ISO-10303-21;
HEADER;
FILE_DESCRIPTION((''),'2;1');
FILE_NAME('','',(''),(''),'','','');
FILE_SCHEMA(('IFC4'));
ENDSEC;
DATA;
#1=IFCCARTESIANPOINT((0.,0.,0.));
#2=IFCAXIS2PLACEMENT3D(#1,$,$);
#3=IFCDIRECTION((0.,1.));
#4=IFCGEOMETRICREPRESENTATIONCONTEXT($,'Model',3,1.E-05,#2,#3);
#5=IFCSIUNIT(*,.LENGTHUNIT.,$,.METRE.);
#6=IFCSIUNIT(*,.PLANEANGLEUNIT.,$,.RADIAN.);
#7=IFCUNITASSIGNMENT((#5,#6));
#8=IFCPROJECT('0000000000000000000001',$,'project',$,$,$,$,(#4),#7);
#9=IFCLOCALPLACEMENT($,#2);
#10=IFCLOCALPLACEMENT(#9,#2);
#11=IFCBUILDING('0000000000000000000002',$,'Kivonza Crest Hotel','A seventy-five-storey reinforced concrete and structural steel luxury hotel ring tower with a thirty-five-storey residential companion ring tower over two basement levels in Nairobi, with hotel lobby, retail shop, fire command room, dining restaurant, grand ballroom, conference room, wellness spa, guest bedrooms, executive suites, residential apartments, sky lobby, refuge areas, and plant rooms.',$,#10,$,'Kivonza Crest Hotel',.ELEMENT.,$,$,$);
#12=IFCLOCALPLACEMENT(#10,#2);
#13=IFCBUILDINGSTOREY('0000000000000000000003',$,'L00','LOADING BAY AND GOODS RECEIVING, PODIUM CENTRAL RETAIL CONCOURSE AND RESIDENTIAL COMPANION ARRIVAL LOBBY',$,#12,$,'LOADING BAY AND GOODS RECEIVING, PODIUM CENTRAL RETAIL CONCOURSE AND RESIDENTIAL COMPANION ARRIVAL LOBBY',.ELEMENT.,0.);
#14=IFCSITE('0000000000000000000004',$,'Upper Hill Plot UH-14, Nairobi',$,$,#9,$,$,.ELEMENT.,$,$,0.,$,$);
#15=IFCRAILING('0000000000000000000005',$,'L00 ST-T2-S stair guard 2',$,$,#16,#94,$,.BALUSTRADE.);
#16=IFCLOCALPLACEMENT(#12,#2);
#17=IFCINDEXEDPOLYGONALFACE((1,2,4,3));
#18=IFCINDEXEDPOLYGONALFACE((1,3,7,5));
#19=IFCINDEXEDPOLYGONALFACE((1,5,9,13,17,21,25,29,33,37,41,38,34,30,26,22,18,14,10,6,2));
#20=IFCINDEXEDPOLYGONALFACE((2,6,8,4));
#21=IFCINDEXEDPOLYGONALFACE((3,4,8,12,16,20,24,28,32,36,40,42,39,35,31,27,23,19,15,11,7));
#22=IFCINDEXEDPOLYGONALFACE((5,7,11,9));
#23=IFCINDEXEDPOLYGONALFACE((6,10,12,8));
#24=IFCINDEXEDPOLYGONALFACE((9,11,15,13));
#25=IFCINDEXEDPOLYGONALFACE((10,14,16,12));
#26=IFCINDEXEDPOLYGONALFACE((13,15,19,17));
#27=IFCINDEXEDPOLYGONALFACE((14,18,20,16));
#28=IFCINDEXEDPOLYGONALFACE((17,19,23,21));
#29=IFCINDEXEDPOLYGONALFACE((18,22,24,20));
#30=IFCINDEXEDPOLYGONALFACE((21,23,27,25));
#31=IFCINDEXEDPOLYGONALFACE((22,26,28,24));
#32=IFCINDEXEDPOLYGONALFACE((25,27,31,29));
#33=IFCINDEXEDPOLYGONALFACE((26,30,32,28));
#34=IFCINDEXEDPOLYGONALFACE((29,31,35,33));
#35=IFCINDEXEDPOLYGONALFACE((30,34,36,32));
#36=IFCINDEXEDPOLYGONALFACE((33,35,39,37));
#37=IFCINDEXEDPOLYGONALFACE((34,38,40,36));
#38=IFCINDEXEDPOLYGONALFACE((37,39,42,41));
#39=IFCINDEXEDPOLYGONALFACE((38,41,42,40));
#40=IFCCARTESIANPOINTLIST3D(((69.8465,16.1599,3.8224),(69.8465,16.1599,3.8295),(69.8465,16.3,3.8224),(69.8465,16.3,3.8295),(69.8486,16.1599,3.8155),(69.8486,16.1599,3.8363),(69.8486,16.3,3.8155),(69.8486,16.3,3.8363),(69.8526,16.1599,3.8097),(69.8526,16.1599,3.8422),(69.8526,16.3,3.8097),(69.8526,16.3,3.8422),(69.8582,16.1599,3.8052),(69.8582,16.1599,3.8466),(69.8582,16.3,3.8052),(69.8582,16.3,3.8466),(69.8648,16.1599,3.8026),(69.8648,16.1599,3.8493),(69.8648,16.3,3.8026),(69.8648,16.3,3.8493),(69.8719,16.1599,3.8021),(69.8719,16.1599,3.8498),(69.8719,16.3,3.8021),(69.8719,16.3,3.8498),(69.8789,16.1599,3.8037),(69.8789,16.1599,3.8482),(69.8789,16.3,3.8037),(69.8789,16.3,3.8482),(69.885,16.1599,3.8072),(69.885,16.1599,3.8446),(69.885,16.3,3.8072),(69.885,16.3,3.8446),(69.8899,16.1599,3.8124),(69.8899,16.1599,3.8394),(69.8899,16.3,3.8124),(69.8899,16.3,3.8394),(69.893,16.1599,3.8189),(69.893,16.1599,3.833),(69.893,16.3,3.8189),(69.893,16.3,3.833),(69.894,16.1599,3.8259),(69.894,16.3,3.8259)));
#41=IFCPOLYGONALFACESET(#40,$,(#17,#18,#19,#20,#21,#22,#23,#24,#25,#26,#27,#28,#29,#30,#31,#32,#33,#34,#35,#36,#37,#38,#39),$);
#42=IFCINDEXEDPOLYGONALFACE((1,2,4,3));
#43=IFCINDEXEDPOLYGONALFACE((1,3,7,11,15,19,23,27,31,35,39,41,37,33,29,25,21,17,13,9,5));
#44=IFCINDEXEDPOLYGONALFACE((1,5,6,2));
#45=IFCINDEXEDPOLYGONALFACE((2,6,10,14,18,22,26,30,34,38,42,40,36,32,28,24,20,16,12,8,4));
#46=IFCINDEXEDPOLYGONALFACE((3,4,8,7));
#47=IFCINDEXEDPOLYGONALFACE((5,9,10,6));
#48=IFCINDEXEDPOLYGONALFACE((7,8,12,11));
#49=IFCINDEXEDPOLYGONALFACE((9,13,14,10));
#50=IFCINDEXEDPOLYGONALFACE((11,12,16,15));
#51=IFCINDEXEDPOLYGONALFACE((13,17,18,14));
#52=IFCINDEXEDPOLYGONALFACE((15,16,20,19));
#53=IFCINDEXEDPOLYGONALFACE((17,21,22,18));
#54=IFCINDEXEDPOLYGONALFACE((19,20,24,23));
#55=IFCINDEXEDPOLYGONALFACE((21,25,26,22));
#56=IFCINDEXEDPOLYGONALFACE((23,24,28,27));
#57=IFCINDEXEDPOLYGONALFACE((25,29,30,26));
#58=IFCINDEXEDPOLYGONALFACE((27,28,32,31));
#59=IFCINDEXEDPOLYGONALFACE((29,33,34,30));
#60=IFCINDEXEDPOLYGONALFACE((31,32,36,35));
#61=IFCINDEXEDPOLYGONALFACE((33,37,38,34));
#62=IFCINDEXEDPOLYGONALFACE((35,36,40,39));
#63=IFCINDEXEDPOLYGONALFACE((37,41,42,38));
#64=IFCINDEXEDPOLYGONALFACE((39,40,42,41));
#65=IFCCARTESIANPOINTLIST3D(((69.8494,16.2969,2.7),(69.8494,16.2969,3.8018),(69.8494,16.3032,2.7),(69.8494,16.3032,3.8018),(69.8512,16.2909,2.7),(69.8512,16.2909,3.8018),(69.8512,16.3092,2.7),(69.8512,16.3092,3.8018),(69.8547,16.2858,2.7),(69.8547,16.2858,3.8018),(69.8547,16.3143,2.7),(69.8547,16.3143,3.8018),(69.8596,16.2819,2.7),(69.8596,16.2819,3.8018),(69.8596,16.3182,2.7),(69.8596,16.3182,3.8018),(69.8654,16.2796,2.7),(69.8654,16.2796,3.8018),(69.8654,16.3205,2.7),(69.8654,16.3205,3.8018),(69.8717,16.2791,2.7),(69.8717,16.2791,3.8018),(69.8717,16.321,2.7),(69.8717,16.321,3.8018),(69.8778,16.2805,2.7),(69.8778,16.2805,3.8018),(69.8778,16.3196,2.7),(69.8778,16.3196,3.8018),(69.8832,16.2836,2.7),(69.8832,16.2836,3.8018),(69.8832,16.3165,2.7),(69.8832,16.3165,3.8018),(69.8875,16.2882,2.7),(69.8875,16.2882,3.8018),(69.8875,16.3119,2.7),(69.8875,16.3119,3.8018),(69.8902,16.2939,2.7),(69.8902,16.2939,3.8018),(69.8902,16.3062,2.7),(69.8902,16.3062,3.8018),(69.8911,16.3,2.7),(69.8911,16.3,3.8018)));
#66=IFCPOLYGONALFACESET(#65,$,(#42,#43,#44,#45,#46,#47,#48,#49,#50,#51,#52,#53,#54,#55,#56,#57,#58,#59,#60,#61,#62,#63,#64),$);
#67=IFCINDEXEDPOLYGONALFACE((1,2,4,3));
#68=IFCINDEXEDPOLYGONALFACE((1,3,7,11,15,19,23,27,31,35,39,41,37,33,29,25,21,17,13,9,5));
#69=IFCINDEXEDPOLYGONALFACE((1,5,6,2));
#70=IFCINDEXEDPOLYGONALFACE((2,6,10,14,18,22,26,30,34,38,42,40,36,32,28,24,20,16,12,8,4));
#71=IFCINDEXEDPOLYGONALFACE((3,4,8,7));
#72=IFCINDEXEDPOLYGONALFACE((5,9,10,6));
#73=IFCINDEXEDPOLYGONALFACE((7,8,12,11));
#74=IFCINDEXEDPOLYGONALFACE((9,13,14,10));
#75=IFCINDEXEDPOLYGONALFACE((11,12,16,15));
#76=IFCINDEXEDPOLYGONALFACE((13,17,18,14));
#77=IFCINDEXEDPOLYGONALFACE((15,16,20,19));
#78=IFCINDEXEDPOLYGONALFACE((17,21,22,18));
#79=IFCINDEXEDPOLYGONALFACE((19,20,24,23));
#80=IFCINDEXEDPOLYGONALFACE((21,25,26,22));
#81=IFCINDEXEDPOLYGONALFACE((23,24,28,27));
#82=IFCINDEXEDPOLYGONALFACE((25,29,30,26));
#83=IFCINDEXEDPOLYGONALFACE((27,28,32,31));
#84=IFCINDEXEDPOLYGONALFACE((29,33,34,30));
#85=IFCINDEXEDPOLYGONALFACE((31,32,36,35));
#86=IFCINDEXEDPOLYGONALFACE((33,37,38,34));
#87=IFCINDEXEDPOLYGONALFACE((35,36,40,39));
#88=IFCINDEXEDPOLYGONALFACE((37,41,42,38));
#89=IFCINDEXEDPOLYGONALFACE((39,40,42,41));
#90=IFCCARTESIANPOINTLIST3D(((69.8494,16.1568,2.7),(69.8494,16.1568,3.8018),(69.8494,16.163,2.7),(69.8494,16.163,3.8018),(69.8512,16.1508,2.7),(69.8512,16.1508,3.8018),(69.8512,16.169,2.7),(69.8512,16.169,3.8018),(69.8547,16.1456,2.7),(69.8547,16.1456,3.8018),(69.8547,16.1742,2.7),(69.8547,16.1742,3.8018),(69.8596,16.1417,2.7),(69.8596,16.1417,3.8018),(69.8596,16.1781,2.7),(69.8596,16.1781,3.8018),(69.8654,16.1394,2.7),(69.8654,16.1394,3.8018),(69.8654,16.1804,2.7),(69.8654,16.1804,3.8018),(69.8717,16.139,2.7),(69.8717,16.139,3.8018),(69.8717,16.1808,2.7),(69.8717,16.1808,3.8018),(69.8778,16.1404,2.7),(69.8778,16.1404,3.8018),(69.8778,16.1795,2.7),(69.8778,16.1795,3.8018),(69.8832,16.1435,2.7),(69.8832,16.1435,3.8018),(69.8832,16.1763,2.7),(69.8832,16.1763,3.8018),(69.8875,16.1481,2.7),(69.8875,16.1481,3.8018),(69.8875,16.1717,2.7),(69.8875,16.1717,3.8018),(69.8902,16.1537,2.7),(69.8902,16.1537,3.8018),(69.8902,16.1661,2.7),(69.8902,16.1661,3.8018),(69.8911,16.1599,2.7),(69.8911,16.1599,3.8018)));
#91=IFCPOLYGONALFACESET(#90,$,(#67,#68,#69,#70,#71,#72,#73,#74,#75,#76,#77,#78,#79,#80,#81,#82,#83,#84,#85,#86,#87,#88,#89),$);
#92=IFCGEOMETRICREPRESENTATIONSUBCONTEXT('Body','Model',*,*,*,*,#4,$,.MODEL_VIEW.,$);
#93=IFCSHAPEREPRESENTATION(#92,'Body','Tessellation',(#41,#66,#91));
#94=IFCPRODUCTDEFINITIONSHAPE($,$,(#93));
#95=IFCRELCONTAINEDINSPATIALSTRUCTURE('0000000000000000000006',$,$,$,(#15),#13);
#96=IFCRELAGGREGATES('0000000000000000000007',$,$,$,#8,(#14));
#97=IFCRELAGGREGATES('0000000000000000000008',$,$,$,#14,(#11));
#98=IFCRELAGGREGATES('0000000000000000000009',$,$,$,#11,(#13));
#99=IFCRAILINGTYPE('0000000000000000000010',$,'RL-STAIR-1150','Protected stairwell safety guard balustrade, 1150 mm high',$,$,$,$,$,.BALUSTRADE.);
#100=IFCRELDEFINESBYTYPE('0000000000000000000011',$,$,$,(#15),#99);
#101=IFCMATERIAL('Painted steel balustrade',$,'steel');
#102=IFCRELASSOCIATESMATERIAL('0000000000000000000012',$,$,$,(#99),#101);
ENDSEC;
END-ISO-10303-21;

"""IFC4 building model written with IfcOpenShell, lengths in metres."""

from ifc_helpers import new_model, si_unit, direction, frame, origin, origin_2d, place, context, subcontext, project, spatial, circle, extrude, material, type_object, element, save


model = new_model("IFC4")

# Units and contexts
model_context = context("Model", 3, precision=1e-05, world=origin(), true_north=direction((0.0, 1.0)))
body_context = subcontext(model_context, "Body", "Model", "MODEL_VIEW")
ifc_project = project(units=[si_unit("LENGTHUNIT", "METRE"), si_unit("PLANEANGLEUNIT", "RADIAN")], contexts=[model_context])

# Site, building, storey
site_placement = place(None, origin())
site = spatial("IfcSite", under=ifc_project, at=site_placement, Name="Upper Hill Plot UH-14, Nairobi", CompositionType="ELEMENT", RefElevation=0.0)
building_placement = place(site_placement, origin())
building = spatial("IfcBuilding", under=site, at=building_placement, Name="Kivonza Crest Hotel", Description="A seventy-five-storey reinforced concrete and structural steel luxury hotel ring tower with a thirty-five-storey residential companion ring tower over two basement levels in Nairobi, with hotel lobby, retail shop, fire command room, dining restaurant, grand ballroom, conference room, wellness spa, guest bedrooms, executive suites, residential apartments, sky lobby, refuge areas, and plant rooms.", LongName="Kivonza Crest Hotel", CompositionType="ELEMENT")
storey_placement = place(building_placement, origin())
storey = spatial("IfcBuildingStorey", under=building, at=storey_placement, Name="L00", Description="LOADING BAY AND GOODS RECEIVING, PODIUM CENTRAL RETAIL CONCOURSE AND RESIDENTIAL COMPANION ARRIVAL LOBBY", LongName="LOADING BAY AND GOODS RECEIVING, PODIUM CENTRAL RETAIL CONCOURSE AND RESIDENTIAL COMPANION ARRIVAL LOBBY", CompositionType="ELEMENT", Elevation=0.0)

# Railing
ifc_material_1 = material(Name="Painted steel balustrade", Category="steel")
railing_type_1 = type_object("IfcRailingType", Name="RL-STAIR-1150", Description="Protected stairwell safety guard balustrade, 1150 mm high", PredefinedType="BALUSTRADE", material=ifc_material_1)
railing_1_placement = place(storey_placement, frame((69.8701, 16.3, 2.7)))
element("IfcRailing", 1, at=railing_1_placement, inside=storey, type_object=railing_type_1, Name="L00 ST-T2-S stair guard 2", PredefinedType="BALUSTRADE", context=body_context, shape_type="SweptSolid", body=[
    extrude(circle(Radius=0.0239, at=origin_2d()), frame((0.0, 0.0, 1.126), z_axis=(0.0, -1.0, 0.0), x_axis=(1.0, 0.0, 0.0)), (0.0, 0.0, 1.0), 0.1401),
    extrude(circle(Radius=0.021, at=origin_2d()), origin(), (0.0, 0.0, 1.0), 1.1018),
    extrude(circle(Radius=0.021, at=origin_2d()), frame((0.0, -0.1401, 0.0)), (0.0, 0.0, 1.0), 1.1018),
])

save(model, "model.ifc")
